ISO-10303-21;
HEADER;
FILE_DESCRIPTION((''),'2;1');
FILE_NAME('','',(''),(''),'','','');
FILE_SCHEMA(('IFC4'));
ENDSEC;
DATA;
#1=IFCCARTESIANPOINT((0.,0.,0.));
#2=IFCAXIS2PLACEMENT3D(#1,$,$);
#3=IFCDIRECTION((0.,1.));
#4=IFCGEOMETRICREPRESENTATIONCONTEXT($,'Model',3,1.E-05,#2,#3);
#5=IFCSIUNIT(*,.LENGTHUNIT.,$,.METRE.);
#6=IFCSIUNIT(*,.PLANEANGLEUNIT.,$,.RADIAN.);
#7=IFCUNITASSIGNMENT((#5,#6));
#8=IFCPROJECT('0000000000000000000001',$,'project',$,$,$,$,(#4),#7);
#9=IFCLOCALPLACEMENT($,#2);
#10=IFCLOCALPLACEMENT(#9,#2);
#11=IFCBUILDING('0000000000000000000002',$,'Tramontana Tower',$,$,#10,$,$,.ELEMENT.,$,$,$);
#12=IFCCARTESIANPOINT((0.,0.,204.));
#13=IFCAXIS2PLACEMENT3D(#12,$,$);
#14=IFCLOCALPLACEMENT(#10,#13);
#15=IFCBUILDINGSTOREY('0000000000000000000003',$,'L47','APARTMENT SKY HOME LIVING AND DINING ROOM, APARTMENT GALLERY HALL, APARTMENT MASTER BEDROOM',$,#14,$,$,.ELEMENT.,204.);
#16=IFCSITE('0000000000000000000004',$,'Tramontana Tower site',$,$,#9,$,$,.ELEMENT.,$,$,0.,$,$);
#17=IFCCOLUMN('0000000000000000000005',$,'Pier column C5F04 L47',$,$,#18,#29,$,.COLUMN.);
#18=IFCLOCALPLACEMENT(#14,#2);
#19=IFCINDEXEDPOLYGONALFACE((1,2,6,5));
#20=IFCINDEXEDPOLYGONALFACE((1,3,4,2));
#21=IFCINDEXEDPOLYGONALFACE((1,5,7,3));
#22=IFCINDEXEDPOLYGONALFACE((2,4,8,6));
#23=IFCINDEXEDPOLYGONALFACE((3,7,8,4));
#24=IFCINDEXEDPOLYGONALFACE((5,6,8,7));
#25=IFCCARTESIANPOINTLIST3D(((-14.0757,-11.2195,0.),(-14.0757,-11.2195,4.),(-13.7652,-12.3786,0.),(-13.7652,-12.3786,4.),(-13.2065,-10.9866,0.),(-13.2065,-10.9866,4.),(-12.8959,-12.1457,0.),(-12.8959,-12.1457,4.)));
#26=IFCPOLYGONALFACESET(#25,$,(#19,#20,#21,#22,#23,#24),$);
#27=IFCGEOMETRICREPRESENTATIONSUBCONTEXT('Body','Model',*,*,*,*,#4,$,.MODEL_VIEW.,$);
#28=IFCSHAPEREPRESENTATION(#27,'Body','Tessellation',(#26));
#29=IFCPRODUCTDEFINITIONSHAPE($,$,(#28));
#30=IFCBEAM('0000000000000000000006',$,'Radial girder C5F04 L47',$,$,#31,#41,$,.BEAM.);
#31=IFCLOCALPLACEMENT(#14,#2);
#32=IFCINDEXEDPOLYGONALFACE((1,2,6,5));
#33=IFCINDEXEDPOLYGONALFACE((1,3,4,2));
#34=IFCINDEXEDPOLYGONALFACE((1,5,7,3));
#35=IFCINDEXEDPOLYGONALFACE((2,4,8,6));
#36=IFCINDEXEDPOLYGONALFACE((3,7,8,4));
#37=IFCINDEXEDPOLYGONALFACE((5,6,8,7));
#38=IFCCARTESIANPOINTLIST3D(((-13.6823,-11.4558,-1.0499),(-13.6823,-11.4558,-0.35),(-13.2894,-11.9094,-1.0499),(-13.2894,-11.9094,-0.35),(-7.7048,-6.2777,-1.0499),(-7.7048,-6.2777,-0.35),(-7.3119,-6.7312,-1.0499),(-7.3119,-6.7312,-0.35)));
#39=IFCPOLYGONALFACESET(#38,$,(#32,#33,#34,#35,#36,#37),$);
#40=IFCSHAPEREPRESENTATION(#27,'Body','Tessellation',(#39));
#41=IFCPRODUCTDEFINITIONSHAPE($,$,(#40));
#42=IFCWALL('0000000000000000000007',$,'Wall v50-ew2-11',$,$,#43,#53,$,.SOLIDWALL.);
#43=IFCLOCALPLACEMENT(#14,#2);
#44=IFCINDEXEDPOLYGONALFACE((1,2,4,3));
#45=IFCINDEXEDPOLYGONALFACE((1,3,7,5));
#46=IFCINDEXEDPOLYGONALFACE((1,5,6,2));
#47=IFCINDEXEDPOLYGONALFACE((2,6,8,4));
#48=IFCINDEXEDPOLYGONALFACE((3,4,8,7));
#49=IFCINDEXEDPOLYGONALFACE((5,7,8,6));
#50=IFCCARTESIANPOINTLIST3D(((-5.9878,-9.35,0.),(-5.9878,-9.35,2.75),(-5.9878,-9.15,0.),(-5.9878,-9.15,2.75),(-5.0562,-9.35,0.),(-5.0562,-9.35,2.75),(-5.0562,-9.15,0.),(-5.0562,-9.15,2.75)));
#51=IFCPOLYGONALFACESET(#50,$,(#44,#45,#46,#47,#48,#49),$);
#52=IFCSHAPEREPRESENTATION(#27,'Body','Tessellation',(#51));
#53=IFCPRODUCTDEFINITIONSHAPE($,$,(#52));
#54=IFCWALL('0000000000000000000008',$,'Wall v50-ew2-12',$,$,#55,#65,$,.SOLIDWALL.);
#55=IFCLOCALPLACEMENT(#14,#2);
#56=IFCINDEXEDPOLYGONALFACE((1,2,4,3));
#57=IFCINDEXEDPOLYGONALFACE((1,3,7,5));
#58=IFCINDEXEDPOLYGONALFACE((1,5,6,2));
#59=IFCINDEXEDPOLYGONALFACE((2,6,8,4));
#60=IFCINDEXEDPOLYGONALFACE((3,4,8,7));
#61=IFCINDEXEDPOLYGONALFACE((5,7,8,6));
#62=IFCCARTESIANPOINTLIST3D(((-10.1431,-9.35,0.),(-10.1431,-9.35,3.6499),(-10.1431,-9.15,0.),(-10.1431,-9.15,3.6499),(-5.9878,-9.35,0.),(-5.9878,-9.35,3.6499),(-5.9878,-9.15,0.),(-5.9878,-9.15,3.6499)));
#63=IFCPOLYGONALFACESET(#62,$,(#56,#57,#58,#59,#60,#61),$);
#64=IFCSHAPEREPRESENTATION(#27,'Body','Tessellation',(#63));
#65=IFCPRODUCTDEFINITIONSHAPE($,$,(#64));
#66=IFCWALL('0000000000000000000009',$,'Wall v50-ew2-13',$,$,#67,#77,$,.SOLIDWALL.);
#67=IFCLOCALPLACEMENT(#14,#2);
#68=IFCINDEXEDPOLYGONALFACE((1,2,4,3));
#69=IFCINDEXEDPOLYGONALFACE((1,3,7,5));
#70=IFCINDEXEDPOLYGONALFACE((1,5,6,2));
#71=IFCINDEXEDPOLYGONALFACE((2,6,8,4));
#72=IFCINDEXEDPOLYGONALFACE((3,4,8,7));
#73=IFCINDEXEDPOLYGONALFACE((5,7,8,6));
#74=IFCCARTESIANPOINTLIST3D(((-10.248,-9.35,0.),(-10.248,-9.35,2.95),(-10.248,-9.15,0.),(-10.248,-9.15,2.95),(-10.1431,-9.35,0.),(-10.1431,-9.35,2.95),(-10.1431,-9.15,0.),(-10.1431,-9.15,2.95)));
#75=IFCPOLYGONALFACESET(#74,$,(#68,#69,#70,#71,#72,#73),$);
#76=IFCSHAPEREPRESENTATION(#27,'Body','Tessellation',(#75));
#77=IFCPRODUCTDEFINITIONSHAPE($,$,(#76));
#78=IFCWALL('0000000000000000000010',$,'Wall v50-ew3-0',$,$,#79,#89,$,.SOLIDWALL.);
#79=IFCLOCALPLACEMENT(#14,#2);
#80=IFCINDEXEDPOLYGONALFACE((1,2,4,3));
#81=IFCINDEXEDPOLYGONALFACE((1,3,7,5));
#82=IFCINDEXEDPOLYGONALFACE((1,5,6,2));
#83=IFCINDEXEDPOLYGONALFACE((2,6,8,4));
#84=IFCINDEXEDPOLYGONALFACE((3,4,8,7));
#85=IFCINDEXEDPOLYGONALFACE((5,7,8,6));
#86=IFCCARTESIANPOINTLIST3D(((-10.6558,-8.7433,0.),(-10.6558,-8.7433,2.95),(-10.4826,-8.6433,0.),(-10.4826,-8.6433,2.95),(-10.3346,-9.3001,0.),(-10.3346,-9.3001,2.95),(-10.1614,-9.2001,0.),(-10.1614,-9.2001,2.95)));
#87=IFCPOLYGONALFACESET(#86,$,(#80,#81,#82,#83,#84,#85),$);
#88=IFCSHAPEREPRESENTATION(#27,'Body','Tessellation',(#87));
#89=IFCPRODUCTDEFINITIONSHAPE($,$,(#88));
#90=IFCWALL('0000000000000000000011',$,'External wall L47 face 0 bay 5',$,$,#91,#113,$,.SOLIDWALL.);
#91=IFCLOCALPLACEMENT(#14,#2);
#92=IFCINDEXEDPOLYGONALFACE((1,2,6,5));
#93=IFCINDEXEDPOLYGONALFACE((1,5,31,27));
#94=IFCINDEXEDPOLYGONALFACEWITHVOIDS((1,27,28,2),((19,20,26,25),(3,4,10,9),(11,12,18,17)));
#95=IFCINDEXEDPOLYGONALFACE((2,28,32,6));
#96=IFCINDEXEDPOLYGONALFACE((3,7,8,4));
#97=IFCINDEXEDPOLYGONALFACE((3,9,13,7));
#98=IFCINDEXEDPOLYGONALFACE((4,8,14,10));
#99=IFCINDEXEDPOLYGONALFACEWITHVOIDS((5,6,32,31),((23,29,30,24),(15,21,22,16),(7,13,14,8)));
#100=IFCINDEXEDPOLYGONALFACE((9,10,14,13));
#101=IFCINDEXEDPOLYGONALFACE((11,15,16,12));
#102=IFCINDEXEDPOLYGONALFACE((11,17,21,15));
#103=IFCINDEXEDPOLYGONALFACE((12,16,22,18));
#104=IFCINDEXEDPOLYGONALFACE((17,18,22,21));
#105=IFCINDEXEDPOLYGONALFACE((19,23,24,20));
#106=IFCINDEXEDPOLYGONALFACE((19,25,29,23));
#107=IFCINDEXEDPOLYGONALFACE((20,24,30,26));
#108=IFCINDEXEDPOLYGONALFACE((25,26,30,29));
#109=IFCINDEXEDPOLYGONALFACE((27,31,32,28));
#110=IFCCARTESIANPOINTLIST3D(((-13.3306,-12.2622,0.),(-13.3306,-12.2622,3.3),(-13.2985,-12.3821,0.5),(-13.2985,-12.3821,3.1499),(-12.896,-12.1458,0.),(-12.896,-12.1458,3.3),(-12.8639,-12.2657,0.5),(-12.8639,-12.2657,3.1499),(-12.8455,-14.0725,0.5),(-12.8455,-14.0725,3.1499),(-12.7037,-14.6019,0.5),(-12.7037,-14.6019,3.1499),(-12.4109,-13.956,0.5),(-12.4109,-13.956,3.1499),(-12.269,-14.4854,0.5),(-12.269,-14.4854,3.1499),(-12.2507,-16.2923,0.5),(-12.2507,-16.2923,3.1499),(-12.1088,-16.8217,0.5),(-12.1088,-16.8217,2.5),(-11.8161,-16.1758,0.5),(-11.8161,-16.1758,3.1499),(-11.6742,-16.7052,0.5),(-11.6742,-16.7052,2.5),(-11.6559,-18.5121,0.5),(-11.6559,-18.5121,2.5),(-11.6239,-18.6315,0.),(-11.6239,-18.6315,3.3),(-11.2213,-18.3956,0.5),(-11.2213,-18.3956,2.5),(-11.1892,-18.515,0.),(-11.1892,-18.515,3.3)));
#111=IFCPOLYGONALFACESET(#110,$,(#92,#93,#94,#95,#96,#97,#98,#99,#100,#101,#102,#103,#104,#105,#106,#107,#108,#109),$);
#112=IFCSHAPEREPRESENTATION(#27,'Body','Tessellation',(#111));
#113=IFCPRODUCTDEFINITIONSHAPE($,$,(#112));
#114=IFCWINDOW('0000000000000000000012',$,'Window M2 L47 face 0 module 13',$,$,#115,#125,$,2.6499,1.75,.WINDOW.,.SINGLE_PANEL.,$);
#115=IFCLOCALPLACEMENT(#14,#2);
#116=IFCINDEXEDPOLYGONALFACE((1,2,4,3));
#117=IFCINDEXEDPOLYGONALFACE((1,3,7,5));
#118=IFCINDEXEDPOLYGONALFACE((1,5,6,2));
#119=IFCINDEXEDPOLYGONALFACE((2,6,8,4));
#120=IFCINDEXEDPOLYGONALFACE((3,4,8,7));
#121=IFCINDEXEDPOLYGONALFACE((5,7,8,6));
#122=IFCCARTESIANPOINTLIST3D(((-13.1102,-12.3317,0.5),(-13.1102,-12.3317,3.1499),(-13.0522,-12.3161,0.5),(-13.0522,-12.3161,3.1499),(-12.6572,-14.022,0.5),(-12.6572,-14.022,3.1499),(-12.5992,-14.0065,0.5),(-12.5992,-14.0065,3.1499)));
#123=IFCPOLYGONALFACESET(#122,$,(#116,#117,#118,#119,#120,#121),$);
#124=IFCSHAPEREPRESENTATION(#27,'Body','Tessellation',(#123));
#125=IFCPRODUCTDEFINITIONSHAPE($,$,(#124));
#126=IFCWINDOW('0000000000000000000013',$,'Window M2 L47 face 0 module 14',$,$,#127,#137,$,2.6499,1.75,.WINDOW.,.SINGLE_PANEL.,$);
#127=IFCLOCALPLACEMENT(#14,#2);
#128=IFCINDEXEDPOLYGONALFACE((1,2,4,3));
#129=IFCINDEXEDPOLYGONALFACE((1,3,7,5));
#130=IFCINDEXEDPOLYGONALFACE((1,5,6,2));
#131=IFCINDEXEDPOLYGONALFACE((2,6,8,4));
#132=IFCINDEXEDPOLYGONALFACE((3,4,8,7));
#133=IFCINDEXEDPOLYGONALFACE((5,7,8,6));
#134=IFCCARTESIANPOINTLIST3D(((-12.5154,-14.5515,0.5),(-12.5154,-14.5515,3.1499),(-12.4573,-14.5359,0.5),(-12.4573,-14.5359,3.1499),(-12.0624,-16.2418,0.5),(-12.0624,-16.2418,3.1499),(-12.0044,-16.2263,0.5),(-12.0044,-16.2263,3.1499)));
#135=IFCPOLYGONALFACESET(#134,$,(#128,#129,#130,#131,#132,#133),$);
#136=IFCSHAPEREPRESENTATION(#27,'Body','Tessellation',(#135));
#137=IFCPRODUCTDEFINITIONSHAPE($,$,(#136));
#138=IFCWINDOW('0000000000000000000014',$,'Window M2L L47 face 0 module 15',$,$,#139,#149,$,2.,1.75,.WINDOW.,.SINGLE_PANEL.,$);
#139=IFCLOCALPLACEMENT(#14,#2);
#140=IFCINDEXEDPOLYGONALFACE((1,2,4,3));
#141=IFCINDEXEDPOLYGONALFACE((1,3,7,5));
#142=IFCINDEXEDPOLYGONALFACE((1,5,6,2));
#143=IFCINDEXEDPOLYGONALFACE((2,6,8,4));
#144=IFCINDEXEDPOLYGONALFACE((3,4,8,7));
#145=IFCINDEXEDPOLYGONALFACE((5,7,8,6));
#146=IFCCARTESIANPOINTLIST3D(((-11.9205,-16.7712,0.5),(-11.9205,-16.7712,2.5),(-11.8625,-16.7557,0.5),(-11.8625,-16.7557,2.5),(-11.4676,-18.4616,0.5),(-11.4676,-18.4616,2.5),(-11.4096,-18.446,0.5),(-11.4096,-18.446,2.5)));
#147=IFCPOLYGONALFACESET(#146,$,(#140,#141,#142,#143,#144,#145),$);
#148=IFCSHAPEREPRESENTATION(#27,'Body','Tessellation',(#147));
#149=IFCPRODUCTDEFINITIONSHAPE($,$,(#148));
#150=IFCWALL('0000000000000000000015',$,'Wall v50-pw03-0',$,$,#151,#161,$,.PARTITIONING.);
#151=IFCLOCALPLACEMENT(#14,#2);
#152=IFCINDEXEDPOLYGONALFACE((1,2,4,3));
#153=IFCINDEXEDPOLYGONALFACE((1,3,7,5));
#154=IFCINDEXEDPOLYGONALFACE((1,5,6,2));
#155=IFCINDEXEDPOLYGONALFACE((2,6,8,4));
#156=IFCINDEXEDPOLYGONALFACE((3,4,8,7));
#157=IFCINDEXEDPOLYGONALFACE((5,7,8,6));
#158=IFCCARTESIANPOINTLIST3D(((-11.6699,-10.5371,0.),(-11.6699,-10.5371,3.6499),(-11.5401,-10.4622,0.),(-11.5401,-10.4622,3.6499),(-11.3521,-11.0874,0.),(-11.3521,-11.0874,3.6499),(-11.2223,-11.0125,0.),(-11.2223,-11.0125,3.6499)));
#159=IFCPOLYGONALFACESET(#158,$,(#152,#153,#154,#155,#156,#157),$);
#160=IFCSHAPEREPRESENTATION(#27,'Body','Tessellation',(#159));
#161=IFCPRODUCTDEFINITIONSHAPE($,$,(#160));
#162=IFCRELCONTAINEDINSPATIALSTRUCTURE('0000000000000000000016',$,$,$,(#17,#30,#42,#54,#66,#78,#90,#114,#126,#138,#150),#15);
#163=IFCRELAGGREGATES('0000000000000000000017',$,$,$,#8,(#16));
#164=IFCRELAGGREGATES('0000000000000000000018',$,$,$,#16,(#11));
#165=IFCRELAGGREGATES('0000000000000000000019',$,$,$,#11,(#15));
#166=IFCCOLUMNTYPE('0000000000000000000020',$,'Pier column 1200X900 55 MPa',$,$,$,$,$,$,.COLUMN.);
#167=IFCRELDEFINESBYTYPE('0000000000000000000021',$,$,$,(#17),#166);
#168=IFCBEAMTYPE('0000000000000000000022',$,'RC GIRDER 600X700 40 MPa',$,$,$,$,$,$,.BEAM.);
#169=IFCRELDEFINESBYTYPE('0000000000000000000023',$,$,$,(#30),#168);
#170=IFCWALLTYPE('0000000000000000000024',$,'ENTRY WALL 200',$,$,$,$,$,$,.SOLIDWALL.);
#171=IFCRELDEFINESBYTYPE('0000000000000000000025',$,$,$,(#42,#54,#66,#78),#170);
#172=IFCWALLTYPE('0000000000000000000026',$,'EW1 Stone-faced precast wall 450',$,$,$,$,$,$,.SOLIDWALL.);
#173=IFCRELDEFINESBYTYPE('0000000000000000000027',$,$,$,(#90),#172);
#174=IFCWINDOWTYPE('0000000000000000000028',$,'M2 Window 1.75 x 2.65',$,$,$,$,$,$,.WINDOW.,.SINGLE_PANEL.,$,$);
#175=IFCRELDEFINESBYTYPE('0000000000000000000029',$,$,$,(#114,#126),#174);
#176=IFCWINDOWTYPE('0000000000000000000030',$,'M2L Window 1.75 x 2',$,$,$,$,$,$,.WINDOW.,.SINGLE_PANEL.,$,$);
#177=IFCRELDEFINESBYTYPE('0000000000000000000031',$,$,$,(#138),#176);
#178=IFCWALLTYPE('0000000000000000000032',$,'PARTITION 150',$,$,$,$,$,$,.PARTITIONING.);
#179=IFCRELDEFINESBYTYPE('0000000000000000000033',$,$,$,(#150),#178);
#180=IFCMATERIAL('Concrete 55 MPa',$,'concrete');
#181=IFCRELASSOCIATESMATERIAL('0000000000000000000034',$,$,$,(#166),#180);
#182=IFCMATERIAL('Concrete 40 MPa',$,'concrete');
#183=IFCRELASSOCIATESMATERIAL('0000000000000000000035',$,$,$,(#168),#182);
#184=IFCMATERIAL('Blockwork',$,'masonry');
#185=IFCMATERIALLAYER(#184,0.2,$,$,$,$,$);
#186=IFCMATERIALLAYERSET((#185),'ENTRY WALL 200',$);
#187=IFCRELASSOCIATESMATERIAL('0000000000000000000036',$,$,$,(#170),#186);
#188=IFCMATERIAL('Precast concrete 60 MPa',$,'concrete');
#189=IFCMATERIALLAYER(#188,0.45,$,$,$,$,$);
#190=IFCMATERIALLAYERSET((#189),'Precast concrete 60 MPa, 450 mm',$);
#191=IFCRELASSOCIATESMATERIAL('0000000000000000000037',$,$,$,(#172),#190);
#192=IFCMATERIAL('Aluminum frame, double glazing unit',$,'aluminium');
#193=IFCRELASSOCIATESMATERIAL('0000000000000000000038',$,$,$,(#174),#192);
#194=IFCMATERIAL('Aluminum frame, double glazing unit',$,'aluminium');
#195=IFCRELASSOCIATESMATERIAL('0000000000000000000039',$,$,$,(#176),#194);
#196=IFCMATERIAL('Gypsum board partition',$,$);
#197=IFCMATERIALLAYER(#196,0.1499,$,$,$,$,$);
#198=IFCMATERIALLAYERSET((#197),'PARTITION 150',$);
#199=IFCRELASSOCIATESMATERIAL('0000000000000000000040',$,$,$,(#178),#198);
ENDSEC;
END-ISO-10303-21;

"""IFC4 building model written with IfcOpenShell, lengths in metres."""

from ifc_helpers import new_model, si_unit, direction, frame, frame_2d, origin, origin_2d, place, context, subcontext, project, spatial, rectangle, extrude, material, layer, layer_set, material_profile, profile_set, type_object, element, fill, save


model = new_model("IFC4")

# Units and contexts
model_context = context("Model", 3, precision=1e-05, world=origin(), true_north=direction((0.0, 1.0)))
body_context = subcontext(model_context, "Body", "Model", "MODEL_VIEW")
ifc_project = project(units=[si_unit("LENGTHUNIT", "METRE"), si_unit("PLANEANGLEUNIT", "RADIAN")], contexts=[model_context])

# Site, building, storey
site_placement = place(None, origin())
site = spatial("IfcSite", under=ifc_project, at=site_placement, Name="Tramontana Tower site", CompositionType="ELEMENT", RefElevation=0.0)
building_placement = place(site_placement, origin())
building = spatial("IfcBuilding", under=site, at=building_placement, Name="Tramontana Tower", CompositionType="ELEMENT")
storey_placement = place(building_placement, frame((0.0, 0.0, 204.0)))
storey = spatial("IfcBuildingStorey", under=building, at=storey_placement, Name="L47", Description="APARTMENT SKY HOME LIVING AND DINING ROOM, APARTMENT GALLERY HALL, APARTMENT MASTER BEDROOM", CompositionType="ELEMENT", Elevation=204.0)

# Column
ifc_material_1 = material(Name="Concrete 55 MPa", Category="concrete")
ifc_material_profile_1 = material_profile(ifc_material_1, rectangle(XDim=1.2, YDim=0.8999, at=origin_2d()), Name="Pier column 1200X900 55 MPa")
ifc_profile_set_1 = profile_set([ifc_material_profile_1], Name="Concrete 55 MPa")
column_type = type_object("IfcColumnType", Name="Pier column 1200X900 55 MPa", PredefinedType="COLUMN", material=ifc_profile_set_1)
column_placement = place(storey_placement, frame((-13.4858, -11.6826, 0.0), z_axis=(0.0, 0.0, 1.0), x_axis=(0.258819, -0.965926, 0.0)))
element("IfcColumn", 1, at=column_placement, inside=storey, type_object=column_type, Name="Pier column C5F04 L47", PredefinedType="COLUMN", context=body_context, shape_type="SweptSolid", body=[
    extrude(rectangle(XDim=1.2, YDim=0.8999, at=origin_2d()), origin(), (0.0, 0.0, 1.0), 4.0),
])

# Beam
ifc_material_2 = material(Name="Concrete 40 MPa", Category="concrete")
ifc_material_profile_2 = material_profile(ifc_material_2, rectangle(XDim=0.6001, YDim=0.7, at=origin_2d()), Name="RC GIRDER 600X700 40 MPa")
ifc_profile_set_2 = profile_set([ifc_material_profile_2], Name="Concrete 40 MPa")
beam_type = type_object("IfcBeamType", Name="RC GIRDER 600X700 40 MPa", PredefinedType="BEAM", material=ifc_profile_set_2)
beam_placement = place(storey_placement, frame((-13.4858, -11.6826, -0.7), z_axis=(0.755834, 0.654764, 0.0), x_axis=(-0.654764, 0.755834, 0.0)))
element("IfcBeam", 2, at=beam_placement, inside=storey, type_object=beam_type, Name="Radial girder C5F04 L47", PredefinedType="BEAM", context=body_context, shape_type="SweptSolid", body=[
    extrude(rectangle(XDim=0.6001, YDim=0.7, at=origin_2d()), origin(), (0.0, 0.0, 1.0), 7.9084),
])

# Walls
ifc_material_3 = material(Name="Blockwork", Category="masonry")
ifc_layer_1 = layer(ifc_material_3, 0.2)
ifc_layer_set_1 = layer_set([ifc_layer_1], Name="ENTRY WALL 200")
wall_type_1 = type_object("IfcWallType", Name="ENTRY WALL 200", PredefinedType="SOLIDWALL", material=ifc_layer_set_1)
wall_1_placement = place(storey_placement, frame((-5.0562, -9.25, 0.0), z_axis=(0.0, 0.0, 1.0), x_axis=(-1.0, 0.0, 0.0)))
element("IfcWall", 3, at=wall_1_placement, inside=storey, type_object=wall_type_1, Name="Wall v50-ew2-11", PredefinedType="SOLIDWALL", context=body_context, shape_type="SweptSolid", body=[
    extrude(rectangle(XDim=0.9316, YDim=0.2, at=frame_2d((0.4658, 0.0))), origin(), (0.0, 0.0, 1.0), 2.75),
])
wall_2_placement = place(storey_placement, frame((-5.9878, -9.25, 0.0), z_axis=(0.0, 0.0, 1.0), x_axis=(-1.0, 0.0, 0.0)))
element("IfcWall", 4, at=wall_2_placement, inside=storey, type_object=wall_type_1, Name="Wall v50-ew2-12", PredefinedType="SOLIDWALL", context=body_context, shape_type="SweptSolid", body=[
    extrude(rectangle(XDim=4.1553, YDim=0.2, at=frame_2d((2.0776, 0.0))), origin(), (0.0, 0.0, 1.0), 3.6499),
])
wall_3_placement = place(storey_placement, frame((-10.1431, -9.25, 0.0), z_axis=(0.0, 0.0, 1.0), x_axis=(-1.0, 0.0, 0.0)))
element("IfcWall", 5, at=wall_3_placement, inside=storey, type_object=wall_type_1, Name="Wall v50-ew2-13", PredefinedType="SOLIDWALL", context=body_context, shape_type="SweptSolid", body=[
    extrude(rectangle(XDim=0.105, YDim=0.2, at=frame_2d((0.0525, 0.0))), origin(), (0.0, 0.0, 1.0), 2.95),
])
wall_4_placement = place(storey_placement, frame((-10.248, -9.25, 0.0), z_axis=(0.0, 0.0, 1.0), x_axis=(-0.499733, 0.866179, 0.0)))
element("IfcWall", 6, at=wall_4_placement, inside=storey, type_object=wall_type_1, Name="Wall v50-ew3-0", PredefinedType="SOLIDWALL", context=body_context, shape_type="SweptSolid", body=[
    extrude(rectangle(XDim=0.6428, YDim=0.2, at=frame_2d((0.3213, 0.0))), origin(), (0.0, 0.0, 1.0), 2.95),
])

# Wall, openings, windows
ifc_material_4 = material(Name="Precast concrete 60 MPa", Category="concrete")
ifc_layer_2 = layer(ifc_material_4, 0.45)
ifc_layer_set_2 = layer_set([ifc_layer_2], Name="Precast concrete 60 MPa, 450 mm")
wall_type_2 = type_object("IfcWallType", Name="EW1 Stone-faced precast wall 450", PredefinedType="SOLIDWALL", material=ifc_layer_set_2)
wall_5_placement = place(storey_placement, frame((-13.1133, -12.2041, 0.0), z_axis=(0.0, 0.0, 1.0), x_axis=(0.258835, -0.965921, 0.0)))
wall_5 = element("IfcWall", 7, at=wall_5_placement, inside=storey, type_object=wall_type_2, Name="External wall L47 face 0 bay 5", PredefinedType="SOLIDWALL", context=body_context, shape_type="SweptSolid", body=[
    extrude(rectangle(XDim=6.594, YDim=0.45, at=frame_2d((3.2969, 0.0))), origin(), (0.0, 0.0, 1.0), 3.3),
])
opening_1_placement = place(wall_5_placement, frame((0.124, 0.0, 0.5)))
opening_1 = element("IfcOpeningElement", 8, at=opening_1_placement, cuts=wall_5, PredefinedType="OPENING", context=body_context, shape_type="SweptSolid", body=[
    extrude(rectangle(XDim=1.75, YDim=2.6499, at=frame_2d((0.875, 1.325))), frame((0.0, 0.2349, 0.0), z_axis=(0.0, -1.0, 0.0), x_axis=(1.0, 0.0, 0.0)), (0.0, 0.0, 1.0), 0.47),
])
opening_2_placement = place(wall_5_placement, frame((2.4221, 0.0, 0.5)))
opening_2 = element("IfcOpeningElement", 9, at=opening_2_placement, cuts=wall_5, PredefinedType="OPENING", context=body_context, shape_type="SweptSolid", body=[
    extrude(rectangle(XDim=1.75, YDim=2.6499, at=frame_2d((0.875, 1.325))), frame((0.0, 0.2349, 0.0), z_axis=(0.0, -1.0, 0.0), x_axis=(1.0, 0.0, 0.0)), (0.0, 0.0, 1.0), 0.47),
])
opening_3_placement = place(wall_5_placement, frame((4.7202, 0.0, 0.5)))
opening_3 = element("IfcOpeningElement", 10, at=opening_3_placement, cuts=wall_5, PredefinedType="OPENING", context=body_context, shape_type="SweptSolid", body=[
    extrude(rectangle(XDim=1.75, YDim=2.0, at=frame_2d((0.875, 1.0))), frame((0.0, 0.2349, 0.0), z_axis=(0.0, -1.0, 0.0), x_axis=(1.0, 0.0, 0.0)), (0.0, 0.0, 1.0), 0.47),
])
ifc_material_5 = material(Name="Aluminum frame, double glazing unit", Category="aluminium")
window_type_1 = type_object("IfcWindowType", Name="M2 Window 1.75 x 2.65", PartitioningType="SINGLE_PANEL", PredefinedType="WINDOW", material=ifc_material_5)
window_1_placement = place(opening_1_placement, origin())
window_1 = element("IfcWindow", 11, at=window_1_placement, inside=storey, type_object=window_type_1, Name="Window M2 L47 face 0 module 13", OverallHeight=2.6499, OverallWidth=1.75, PartitioningType="SINGLE_PANEL", PredefinedType="WINDOW", context=body_context, shape_type="SweptSolid", body=[
    extrude(rectangle(XDim=1.75, YDim=2.6499, at=frame_2d((0.875, 1.325))), frame((0.0, 0.03, 0.0), z_axis=(0.0, -1.0, 0.0), x_axis=(1.0, 0.0, 0.0)), (0.0, 0.0, 1.0), 0.0601),
])
fill(opening_1, window_1)
window_2_placement = place(opening_2_placement, origin())
window_2 = element("IfcWindow", 12, at=window_2_placement, inside=storey, type_object=window_type_1, Name="Window M2 L47 face 0 module 14", OverallHeight=2.6499, OverallWidth=1.75, PartitioningType="SINGLE_PANEL", PredefinedType="WINDOW", context=body_context, shape_type="SweptSolid", body=[
    extrude(rectangle(XDim=1.75, YDim=2.6499, at=frame_2d((0.875, 1.325))), frame((0.0, 0.03, 0.0), z_axis=(0.0, -1.0, 0.0), x_axis=(1.0, 0.0, 0.0)), (0.0, 0.0, 1.0), 0.0601),
])
fill(opening_2, window_2)
ifc_material_6 = material(Name="Aluminum frame, double glazing unit", Category="aluminium")
window_type_2 = type_object("IfcWindowType", Name="M2L Window 1.75 x 2", PartitioningType="SINGLE_PANEL", PredefinedType="WINDOW", material=ifc_material_6)
window_3_placement = place(opening_3_placement, origin())
window_3 = element("IfcWindow", 13, at=window_3_placement, inside=storey, type_object=window_type_2, Name="Window M2L L47 face 0 module 15", OverallHeight=2.0, OverallWidth=1.75, PartitioningType="SINGLE_PANEL", PredefinedType="WINDOW", context=body_context, shape_type="SweptSolid", body=[
    extrude(rectangle(XDim=1.75, YDim=2.0, at=frame_2d((0.875, 1.0))), frame((0.0, 0.03, 0.0), z_axis=(0.0, -1.0, 0.0), x_axis=(1.0, 0.0, 0.0)), (0.0, 0.0, 1.0), 0.0601),
])
fill(opening_3, window_3)

# Wall
ifc_material_7 = material(Name="Gypsum board partition")
ifc_layer_3 = layer(ifc_material_7, 0.1499)
ifc_layer_set_3 = layer_set([ifc_layer_3], Name="PARTITION 150")
wall_type_3 = type_object("IfcWallType", Name="PARTITION 150", PredefinedType="PARTITIONING", material=ifc_layer_set_3)
wall_6_placement = place(storey_placement, frame((-11.2871, -11.05, 0.0), z_axis=(0.0, 0.0, 1.0), x_axis=(-0.500188, 0.865917, 0.0)))
element("IfcWall", 14, at=wall_6_placement, inside=storey, type_object=wall_type_3, Name="Wall v50-pw03-0", PredefinedType="PARTITIONING", context=body_context, shape_type="SweptSolid", body=[
    extrude(rectangle(XDim=0.6355, YDim=0.1499, at=frame_2d((0.3179, 0.0))), origin(), (0.0, 0.0, 1.0), 3.6499),
])

save(model, "model.ifc")
